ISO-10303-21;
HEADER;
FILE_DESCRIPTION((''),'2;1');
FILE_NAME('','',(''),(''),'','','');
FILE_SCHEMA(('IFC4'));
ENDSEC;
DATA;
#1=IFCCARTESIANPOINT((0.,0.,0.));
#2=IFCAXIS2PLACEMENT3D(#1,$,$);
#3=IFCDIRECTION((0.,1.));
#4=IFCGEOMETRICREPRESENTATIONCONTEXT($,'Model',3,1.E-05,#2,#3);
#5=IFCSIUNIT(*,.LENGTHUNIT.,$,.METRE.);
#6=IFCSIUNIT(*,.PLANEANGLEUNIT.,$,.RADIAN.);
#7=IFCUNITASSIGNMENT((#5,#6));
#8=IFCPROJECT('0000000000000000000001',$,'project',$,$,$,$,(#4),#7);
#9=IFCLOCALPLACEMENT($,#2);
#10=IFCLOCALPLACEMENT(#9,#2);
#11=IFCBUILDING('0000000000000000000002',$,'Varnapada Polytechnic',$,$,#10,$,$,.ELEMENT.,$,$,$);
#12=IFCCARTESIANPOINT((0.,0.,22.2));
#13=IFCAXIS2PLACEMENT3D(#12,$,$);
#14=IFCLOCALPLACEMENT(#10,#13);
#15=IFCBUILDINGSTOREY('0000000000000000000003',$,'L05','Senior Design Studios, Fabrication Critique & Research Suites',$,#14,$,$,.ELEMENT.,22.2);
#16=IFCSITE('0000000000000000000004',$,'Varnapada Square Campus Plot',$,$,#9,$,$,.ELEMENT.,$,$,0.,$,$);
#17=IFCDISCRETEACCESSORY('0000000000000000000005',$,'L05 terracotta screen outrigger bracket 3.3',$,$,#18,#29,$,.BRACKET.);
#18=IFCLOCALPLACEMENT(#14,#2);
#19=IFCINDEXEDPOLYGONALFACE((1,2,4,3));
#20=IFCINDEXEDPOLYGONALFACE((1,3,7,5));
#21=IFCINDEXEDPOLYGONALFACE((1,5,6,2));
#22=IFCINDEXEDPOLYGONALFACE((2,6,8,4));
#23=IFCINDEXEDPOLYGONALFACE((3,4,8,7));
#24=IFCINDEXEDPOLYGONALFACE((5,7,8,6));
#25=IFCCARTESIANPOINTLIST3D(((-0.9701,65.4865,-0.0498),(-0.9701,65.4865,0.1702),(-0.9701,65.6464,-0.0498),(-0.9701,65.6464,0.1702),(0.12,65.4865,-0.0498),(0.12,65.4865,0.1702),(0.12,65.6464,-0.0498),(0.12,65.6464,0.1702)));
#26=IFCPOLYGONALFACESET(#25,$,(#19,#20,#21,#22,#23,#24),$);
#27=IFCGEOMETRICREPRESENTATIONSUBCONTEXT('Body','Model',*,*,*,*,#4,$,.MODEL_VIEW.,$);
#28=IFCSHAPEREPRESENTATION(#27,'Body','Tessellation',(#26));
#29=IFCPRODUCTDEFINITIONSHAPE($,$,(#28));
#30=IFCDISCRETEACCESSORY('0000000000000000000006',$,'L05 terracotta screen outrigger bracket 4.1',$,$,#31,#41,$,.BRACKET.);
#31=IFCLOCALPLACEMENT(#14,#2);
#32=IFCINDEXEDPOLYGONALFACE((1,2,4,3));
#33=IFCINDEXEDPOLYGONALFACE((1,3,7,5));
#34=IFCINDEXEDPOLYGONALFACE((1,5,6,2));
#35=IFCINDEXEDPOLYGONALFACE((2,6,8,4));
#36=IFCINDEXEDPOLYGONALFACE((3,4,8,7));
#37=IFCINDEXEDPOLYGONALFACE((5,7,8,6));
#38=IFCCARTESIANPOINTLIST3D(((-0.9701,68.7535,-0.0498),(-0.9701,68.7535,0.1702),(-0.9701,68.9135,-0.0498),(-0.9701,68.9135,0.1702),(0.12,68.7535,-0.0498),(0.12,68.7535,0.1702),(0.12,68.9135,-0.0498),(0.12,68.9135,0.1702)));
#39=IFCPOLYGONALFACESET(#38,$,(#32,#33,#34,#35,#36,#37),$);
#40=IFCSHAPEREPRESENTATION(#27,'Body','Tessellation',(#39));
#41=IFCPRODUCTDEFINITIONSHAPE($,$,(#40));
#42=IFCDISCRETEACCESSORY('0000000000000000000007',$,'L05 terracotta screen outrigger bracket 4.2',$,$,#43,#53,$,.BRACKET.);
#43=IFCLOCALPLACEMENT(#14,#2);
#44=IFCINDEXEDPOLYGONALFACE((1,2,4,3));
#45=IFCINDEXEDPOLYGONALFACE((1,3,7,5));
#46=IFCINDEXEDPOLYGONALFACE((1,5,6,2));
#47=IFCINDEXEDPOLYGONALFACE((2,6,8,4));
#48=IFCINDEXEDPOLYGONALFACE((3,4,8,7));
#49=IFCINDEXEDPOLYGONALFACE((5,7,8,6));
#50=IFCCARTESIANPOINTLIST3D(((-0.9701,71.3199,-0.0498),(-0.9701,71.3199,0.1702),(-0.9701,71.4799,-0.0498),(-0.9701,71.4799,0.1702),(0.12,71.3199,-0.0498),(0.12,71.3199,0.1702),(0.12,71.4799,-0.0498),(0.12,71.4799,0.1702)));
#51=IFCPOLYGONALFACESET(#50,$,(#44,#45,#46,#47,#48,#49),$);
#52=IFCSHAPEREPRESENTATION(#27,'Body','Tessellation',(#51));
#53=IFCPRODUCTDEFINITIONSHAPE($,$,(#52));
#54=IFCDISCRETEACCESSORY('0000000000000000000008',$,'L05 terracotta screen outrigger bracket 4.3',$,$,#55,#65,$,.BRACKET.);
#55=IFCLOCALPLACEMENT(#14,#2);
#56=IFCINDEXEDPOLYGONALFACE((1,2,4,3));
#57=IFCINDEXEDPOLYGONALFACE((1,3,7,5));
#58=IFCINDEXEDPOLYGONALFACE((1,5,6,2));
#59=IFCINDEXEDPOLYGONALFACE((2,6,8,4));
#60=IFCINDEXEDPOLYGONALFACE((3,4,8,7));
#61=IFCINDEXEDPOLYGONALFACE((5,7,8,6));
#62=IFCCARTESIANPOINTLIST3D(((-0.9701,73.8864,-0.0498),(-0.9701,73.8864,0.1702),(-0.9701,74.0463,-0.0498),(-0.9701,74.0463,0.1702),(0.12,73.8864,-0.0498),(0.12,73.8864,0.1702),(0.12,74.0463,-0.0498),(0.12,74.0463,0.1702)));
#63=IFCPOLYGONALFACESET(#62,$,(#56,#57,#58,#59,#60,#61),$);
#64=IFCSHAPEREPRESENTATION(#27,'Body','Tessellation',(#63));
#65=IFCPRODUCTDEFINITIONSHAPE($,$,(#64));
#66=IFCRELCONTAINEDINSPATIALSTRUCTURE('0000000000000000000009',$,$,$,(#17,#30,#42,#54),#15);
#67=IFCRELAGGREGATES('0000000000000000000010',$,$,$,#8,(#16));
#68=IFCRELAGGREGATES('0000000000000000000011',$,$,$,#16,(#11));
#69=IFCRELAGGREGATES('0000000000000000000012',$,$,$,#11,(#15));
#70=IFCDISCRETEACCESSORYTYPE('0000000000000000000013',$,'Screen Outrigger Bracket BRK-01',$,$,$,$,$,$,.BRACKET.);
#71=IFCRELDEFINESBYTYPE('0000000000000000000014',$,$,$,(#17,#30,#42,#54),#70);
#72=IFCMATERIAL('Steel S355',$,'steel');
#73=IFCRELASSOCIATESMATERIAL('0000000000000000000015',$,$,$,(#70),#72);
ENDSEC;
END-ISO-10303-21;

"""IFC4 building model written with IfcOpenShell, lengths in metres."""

from ifc_helpers import new_model, si_unit, direction, frame, origin, origin_2d, place, context, subcontext, project, spatial, rectangle, extrude, material, type_object, element, save


model = new_model("IFC4")

# Units and contexts
model_context = context("Model", 3, precision=1e-05, world=origin(), true_north=direction((0.0, 1.0)))
body_context = subcontext(model_context, "Body", "Model", "MODEL_VIEW")
ifc_project = project(units=[si_unit("LENGTHUNIT", "METRE"), si_unit("PLANEANGLEUNIT", "RADIAN")], contexts=[model_context])

# Site, building, storey
site_placement = place(None, origin())
site = spatial("IfcSite", under=ifc_project, at=site_placement, Name="Varnapada Square Campus Plot", CompositionType="ELEMENT", RefElevation=0.0)
building_placement = place(site_placement, origin())
building = spatial("IfcBuilding", under=site, at=building_placement, Name="Varnapada Polytechnic", CompositionType="ELEMENT")
storey_placement = place(building_placement, frame((0.0, 0.0, 22.2)))
storey = spatial("IfcBuildingStorey", under=building, at=storey_placement, Name="L05", Description="Senior Design Studios, Fabrication Critique & Research Suites", CompositionType="ELEMENT", Elevation=22.2)

# Discrete accessories
ifc_material_1 = material(Name="Steel S355", Category="steel")
discrete_accessory_type = type_object("IfcDiscreteAccessoryType", Name="Screen Outrigger Bracket BRK-01", PredefinedType="BRACKET", material=ifc_material_1)
for number, where, z_axis, x_axis, name in (
    (1, (-0.425, 65.5664, -0.0498), (0.0, 0.0, 1.0), (0.0, 1.0, 0.0), "L05 terracotta screen outrigger bracket 3.3"),
    (2, (-0.425, 68.8335, -0.0498), (0.0, 0.0, 1.0), (0.0, 1.0, 0.0), "L05 terracotta screen outrigger bracket 4.1"),
    (3, (-0.425, 71.3999, -0.0498), (0.0, 0.0, 1.0), (0.0, 1.0, 0.0), "L05 terracotta screen outrigger bracket 4.2"),
    (4, (-0.425, 73.9663, -0.0498), (0.0, 0.0, 1.0), (0.0, 1.0, 0.0), "L05 terracotta screen outrigger bracket 4.3"),
):
    element("IfcDiscreteAccessory", number, at=place(storey_placement, frame(where, z_axis=z_axis, x_axis=x_axis)), inside=storey, type_object=discrete_accessory_type, Name=name, PredefinedType="BRACKET", context=body_context, shape_type="SweptSolid", body=[
        extrude(rectangle(XDim=0.1599, YDim=1.0901, at=origin_2d()), origin(), (0.0, 0.0, 1.0), 0.22),
    ])

save(model, "model.ifc")
